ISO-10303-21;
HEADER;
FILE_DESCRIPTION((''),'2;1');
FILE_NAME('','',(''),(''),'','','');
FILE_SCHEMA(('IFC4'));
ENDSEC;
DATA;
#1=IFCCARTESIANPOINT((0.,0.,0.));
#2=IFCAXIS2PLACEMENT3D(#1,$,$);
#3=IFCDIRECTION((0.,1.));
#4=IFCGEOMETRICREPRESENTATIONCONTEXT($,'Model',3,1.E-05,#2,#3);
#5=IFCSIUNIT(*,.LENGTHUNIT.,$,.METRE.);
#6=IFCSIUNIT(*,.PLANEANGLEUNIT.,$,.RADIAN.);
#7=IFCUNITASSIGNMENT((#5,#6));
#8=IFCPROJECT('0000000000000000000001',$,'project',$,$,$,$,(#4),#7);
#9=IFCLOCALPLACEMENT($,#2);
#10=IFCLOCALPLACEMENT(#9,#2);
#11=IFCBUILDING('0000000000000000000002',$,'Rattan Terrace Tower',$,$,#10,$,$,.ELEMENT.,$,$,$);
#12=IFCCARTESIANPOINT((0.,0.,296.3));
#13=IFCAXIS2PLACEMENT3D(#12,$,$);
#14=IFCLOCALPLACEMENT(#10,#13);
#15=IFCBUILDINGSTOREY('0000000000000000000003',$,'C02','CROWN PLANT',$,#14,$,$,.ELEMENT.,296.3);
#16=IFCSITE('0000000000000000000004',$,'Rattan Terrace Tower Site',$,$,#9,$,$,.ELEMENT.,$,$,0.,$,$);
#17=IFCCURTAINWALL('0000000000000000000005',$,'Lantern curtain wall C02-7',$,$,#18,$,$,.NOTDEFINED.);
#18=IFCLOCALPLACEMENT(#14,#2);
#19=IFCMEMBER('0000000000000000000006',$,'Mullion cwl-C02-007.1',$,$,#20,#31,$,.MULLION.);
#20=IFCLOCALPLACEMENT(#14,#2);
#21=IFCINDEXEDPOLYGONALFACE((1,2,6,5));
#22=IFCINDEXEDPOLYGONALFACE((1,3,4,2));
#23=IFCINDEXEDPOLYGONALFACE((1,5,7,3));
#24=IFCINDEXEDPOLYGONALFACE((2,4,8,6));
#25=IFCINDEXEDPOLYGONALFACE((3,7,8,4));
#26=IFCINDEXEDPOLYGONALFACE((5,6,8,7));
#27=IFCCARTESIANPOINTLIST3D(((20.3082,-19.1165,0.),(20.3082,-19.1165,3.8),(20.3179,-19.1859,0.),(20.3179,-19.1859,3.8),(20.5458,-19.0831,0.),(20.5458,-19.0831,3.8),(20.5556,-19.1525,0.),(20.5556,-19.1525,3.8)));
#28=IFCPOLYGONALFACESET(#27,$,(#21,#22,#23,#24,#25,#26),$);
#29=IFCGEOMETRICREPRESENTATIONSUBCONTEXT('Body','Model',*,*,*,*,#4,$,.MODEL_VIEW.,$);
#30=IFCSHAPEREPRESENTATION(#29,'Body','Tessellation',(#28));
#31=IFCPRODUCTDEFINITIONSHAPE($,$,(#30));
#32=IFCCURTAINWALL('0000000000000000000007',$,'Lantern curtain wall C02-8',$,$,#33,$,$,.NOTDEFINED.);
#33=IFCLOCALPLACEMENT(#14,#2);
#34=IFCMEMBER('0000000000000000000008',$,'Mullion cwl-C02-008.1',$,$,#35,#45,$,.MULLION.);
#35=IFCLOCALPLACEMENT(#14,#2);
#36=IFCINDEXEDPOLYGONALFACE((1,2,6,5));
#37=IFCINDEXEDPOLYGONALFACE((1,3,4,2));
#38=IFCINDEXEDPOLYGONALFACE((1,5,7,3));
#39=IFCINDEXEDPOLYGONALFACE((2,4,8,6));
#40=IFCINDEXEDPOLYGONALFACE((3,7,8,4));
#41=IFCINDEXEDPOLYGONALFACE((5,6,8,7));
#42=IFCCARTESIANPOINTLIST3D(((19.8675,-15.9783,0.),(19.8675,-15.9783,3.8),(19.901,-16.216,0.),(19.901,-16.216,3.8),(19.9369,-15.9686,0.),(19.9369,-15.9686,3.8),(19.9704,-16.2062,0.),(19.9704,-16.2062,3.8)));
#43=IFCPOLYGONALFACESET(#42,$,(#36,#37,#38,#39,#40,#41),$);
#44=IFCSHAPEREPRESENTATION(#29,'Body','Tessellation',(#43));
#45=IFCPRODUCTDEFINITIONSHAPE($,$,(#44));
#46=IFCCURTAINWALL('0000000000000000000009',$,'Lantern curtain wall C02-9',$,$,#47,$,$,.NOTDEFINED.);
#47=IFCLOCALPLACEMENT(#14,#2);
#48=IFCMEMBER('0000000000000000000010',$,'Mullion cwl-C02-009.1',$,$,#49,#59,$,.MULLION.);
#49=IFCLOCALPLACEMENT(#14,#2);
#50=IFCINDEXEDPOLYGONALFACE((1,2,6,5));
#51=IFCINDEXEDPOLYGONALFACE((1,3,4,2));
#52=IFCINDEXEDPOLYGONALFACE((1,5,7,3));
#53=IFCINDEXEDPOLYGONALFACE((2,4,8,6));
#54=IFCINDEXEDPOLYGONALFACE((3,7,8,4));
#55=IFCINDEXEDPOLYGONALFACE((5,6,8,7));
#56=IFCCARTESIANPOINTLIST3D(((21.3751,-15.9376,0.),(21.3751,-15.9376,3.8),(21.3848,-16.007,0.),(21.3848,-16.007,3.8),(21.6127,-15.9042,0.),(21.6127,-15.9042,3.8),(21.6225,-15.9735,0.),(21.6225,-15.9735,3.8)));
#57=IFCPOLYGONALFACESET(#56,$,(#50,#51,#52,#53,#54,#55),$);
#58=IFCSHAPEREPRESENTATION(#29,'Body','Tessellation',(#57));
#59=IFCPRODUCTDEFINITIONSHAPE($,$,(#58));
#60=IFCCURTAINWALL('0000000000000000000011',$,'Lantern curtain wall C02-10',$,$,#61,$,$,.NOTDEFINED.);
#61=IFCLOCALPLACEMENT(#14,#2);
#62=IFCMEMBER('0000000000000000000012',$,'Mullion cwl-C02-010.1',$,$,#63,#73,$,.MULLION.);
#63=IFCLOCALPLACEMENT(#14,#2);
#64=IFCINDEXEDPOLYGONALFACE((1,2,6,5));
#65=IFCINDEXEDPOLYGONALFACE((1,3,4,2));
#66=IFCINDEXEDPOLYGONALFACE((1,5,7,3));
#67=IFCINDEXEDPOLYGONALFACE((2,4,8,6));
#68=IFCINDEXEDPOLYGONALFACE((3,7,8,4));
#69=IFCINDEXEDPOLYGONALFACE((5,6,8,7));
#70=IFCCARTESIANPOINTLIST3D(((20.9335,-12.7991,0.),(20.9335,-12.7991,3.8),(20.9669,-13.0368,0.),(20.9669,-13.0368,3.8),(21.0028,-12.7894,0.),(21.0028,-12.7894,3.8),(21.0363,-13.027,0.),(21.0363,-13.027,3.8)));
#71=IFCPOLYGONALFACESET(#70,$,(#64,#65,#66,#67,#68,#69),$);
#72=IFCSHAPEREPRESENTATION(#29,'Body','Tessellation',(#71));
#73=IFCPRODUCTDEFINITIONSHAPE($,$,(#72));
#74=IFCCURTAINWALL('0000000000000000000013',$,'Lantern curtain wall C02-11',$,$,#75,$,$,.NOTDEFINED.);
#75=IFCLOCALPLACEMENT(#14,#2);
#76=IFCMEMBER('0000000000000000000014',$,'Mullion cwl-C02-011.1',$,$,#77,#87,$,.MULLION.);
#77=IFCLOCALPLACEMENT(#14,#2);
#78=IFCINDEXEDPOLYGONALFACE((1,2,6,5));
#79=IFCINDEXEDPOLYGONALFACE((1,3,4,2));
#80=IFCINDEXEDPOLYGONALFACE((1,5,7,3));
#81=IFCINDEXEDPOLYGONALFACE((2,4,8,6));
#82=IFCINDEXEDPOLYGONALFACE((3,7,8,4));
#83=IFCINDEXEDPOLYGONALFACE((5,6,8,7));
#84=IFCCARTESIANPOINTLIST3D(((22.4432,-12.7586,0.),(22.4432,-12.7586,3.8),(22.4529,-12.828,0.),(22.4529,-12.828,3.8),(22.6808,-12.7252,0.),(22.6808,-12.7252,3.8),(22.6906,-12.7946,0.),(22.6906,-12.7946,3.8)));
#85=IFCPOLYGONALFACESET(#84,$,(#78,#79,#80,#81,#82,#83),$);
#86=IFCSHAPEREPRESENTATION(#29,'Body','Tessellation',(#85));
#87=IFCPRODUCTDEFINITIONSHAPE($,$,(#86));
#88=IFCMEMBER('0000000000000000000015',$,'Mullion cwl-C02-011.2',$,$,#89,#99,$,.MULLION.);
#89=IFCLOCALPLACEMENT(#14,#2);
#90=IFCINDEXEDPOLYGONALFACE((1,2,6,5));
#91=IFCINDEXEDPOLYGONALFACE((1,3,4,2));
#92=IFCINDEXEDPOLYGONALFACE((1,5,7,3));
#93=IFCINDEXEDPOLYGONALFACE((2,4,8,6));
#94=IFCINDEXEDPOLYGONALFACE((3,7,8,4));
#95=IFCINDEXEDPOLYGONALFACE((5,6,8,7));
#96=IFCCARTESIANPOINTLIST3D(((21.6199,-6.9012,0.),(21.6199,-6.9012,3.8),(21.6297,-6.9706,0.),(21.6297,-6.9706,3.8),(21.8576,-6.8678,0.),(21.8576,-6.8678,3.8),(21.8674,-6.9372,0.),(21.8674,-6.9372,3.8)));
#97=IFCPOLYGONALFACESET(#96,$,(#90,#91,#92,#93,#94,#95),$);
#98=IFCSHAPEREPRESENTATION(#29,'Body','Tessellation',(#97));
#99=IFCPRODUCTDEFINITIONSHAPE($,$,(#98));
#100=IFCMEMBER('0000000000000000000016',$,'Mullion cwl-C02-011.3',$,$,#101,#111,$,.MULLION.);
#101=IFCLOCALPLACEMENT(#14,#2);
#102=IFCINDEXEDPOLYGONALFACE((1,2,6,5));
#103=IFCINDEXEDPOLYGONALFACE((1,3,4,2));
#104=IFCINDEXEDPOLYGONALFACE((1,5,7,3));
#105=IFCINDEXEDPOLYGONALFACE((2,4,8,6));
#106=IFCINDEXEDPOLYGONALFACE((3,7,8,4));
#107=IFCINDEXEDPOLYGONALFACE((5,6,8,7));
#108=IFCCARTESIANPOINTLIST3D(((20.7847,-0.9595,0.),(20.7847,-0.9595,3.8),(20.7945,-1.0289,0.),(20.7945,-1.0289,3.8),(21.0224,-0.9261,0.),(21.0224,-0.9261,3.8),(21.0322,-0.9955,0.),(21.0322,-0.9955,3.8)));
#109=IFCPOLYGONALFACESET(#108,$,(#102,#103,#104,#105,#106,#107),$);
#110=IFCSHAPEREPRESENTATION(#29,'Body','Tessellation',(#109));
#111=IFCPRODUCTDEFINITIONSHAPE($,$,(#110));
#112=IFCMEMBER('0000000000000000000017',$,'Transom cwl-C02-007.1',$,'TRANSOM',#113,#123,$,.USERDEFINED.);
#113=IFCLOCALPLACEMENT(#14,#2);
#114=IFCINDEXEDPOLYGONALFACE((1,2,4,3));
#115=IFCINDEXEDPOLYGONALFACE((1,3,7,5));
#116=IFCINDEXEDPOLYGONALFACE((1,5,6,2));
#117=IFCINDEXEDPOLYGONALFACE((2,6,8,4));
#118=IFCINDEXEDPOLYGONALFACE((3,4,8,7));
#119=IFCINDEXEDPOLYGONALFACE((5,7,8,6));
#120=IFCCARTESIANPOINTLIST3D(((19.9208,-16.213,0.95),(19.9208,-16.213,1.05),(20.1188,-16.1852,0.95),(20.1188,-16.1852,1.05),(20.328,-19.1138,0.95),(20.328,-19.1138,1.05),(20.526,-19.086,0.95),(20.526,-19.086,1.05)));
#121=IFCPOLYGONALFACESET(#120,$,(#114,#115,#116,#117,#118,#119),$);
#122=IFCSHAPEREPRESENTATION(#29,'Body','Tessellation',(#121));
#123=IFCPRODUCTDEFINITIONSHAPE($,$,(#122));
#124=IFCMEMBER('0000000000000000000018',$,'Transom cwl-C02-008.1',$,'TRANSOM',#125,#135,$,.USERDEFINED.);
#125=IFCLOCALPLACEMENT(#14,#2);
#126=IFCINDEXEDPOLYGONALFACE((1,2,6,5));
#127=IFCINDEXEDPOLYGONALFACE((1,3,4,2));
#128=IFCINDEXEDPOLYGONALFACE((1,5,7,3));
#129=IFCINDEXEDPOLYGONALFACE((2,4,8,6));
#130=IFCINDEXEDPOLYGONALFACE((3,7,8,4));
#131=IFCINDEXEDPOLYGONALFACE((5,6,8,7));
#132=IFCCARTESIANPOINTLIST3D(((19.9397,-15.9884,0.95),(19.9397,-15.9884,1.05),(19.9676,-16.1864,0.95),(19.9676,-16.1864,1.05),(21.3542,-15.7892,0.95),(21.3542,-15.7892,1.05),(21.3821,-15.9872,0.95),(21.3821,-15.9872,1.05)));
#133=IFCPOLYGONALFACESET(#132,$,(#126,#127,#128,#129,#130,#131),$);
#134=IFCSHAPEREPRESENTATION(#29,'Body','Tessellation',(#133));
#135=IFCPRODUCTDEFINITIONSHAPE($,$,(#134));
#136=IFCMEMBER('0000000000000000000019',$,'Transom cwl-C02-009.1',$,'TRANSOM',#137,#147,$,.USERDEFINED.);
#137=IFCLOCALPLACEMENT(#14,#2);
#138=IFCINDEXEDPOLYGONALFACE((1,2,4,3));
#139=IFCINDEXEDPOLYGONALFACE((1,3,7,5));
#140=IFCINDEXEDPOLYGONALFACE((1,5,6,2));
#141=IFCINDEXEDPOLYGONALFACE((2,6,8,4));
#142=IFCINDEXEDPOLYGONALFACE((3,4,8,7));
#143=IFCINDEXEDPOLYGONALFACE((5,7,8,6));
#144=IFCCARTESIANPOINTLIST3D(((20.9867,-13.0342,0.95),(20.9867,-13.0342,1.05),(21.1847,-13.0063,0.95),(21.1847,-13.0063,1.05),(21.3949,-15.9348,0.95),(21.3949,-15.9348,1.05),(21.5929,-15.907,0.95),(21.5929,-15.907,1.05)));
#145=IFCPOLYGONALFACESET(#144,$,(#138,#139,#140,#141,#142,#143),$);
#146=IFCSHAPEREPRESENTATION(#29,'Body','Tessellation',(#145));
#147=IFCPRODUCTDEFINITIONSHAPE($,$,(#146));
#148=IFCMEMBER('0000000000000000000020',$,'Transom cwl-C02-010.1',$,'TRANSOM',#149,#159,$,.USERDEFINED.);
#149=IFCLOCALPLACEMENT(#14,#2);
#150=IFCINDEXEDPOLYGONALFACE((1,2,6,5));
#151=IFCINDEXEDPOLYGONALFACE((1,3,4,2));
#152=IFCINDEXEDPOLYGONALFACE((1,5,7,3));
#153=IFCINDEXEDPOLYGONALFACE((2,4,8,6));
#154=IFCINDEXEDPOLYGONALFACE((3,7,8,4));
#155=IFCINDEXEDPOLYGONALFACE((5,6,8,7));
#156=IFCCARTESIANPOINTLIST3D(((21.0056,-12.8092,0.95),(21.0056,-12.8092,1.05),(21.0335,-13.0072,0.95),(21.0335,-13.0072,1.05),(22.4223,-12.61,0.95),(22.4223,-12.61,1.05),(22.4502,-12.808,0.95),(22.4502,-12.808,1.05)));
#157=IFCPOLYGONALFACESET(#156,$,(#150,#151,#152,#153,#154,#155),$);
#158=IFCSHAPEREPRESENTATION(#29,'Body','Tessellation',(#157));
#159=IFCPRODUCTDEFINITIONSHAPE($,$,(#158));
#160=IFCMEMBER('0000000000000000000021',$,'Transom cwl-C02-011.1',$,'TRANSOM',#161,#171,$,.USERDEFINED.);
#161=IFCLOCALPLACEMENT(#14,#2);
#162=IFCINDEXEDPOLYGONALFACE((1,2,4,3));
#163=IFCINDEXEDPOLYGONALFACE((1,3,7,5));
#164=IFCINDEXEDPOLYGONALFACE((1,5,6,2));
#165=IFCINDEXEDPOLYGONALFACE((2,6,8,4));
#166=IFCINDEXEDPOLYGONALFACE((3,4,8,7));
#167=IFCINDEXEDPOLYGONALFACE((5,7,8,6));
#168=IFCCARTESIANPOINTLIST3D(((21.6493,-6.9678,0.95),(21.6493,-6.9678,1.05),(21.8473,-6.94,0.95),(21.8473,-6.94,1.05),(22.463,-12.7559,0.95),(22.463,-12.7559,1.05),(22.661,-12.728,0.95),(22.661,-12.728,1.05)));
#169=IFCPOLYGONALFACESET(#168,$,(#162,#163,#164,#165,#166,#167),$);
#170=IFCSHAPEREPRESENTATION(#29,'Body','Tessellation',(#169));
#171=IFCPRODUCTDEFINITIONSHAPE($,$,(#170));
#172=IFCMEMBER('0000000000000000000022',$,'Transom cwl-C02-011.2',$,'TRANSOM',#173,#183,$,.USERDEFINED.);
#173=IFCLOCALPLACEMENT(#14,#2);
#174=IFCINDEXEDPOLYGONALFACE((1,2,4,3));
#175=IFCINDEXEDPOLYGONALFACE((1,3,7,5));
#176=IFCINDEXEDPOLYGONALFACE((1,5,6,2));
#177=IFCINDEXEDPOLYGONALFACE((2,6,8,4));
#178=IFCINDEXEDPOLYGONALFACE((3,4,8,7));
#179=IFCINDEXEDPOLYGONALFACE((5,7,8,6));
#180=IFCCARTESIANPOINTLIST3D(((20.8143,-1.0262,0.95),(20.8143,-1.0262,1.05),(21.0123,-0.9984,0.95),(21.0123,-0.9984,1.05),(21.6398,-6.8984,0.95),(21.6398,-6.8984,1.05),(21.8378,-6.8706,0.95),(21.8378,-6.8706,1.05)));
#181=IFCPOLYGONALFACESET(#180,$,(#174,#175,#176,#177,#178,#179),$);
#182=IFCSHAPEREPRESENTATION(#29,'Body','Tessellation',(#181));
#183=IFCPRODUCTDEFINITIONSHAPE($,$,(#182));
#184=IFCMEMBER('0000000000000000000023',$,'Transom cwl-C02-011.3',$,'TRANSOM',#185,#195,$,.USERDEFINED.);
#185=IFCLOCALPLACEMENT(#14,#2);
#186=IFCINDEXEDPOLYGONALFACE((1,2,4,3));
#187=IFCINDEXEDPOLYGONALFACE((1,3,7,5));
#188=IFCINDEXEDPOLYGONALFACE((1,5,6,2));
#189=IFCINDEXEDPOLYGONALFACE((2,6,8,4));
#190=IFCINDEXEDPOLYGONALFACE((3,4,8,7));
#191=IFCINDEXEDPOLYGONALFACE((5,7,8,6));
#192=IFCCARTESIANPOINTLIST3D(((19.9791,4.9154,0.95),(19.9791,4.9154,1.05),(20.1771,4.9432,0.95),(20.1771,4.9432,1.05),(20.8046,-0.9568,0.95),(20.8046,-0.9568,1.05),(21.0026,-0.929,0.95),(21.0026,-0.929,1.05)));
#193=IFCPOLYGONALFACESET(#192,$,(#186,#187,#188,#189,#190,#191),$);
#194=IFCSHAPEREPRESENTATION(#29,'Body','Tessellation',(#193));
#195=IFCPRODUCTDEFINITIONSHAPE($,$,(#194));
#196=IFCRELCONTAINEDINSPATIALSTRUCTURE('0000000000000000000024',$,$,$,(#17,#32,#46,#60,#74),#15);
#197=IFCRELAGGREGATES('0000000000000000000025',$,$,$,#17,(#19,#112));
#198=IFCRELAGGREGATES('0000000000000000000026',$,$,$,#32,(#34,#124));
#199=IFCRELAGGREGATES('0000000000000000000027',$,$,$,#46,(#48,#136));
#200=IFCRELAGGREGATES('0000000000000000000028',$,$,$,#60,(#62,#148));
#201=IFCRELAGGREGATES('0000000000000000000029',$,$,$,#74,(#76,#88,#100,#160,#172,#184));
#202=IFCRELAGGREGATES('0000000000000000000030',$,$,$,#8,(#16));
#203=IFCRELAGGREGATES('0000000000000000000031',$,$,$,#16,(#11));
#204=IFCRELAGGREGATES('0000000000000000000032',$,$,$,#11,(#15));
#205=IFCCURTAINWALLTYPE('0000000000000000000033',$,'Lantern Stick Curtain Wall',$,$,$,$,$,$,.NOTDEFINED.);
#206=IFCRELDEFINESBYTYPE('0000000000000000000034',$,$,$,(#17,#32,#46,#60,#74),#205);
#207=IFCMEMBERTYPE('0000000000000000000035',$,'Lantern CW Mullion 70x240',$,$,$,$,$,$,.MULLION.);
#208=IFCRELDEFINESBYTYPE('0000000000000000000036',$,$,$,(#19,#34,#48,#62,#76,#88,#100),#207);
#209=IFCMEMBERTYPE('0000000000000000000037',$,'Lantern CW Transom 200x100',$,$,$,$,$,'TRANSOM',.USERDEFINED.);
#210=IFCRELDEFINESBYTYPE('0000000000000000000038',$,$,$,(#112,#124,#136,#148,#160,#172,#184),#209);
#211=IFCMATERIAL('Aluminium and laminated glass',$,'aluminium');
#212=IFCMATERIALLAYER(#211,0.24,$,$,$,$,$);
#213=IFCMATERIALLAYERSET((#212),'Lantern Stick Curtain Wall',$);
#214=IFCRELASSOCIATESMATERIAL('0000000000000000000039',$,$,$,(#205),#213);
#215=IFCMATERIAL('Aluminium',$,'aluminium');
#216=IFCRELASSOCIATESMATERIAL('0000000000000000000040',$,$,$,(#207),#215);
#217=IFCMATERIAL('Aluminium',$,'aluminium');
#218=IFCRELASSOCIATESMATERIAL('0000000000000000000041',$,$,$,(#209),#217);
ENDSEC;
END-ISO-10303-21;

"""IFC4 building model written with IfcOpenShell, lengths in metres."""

from ifc_helpers import new_model, si_unit, direction, frame, origin, origin_2d, place, context, subcontext, project, spatial, rectangle, extrude, material, layer, layer_set, material_profile, profile_set, type_object, element, aggregate, save


model = new_model("IFC4")

# Units and contexts
model_context = context("Model", 3, precision=1e-05, world=origin(), true_north=direction((0.0, 1.0)))
body_context = subcontext(model_context, "Body", "Model", "MODEL_VIEW")
ifc_project = project(units=[si_unit("LENGTHUNIT", "METRE"), si_unit("PLANEANGLEUNIT", "RADIAN")], contexts=[model_context])

# Site, building, storey
site_placement = place(None, origin())
site = spatial("IfcSite", under=ifc_project, at=site_placement, Name="Rattan Terrace Tower Site", CompositionType="ELEMENT", RefElevation=0.0)
building_placement = place(site_placement, origin())
building = spatial("IfcBuilding", under=site, at=building_placement, Name="Rattan Terrace Tower", CompositionType="ELEMENT")
storey_placement = place(building_placement, frame((0.0, 0.0, 296.3)))
storey = spatial("IfcBuildingStorey", under=building, at=storey_placement, Name="C02", Description="CROWN PLANT", CompositionType="ELEMENT", Elevation=296.3)

# Curtain walls, members
ifc_material_1 = material(Name="Aluminium and laminated glass", Category="aluminium")
ifc_layer_1 = layer(ifc_material_1, 0.24)
ifc_layer_set_1 = layer_set([ifc_layer_1], Name="Lantern Stick Curtain Wall")
curtain_wall_type = type_object("IfcCurtainWallType", Name="Lantern Stick Curtain Wall", PredefinedType="NOTDEFINED", material=ifc_layer_set_1)
curtain_wall_1_placement = place(storey_placement, origin())
curtain_wall_1 = element("IfcCurtainWall", 1, at=curtain_wall_1_placement, inside=storey, type_object=curtain_wall_type, Name="Lantern curtain wall C02-7", PredefinedType="NOTDEFINED")
ifc_material_2 = material(Name="Aluminium", Category="aluminium")
ifc_material_profile_1 = material_profile(ifc_material_2, rectangle(XDim=0.0701, YDim=0.24, at=origin_2d()), Name="Aluminium 70x240")
ifc_profile_set_1 = profile_set([ifc_material_profile_1], Name="Aluminium")
member_type_1 = type_object("IfcMemberType", Name="Lantern CW Mullion 70x240", PredefinedType="MULLION", material=ifc_profile_set_1)
member_1_placement = place(storey_placement, frame((20.4319, -19.1345, 0.0), z_axis=(0.0, 0.0, 1.0), x_axis=(-0.13904, 0.990287, 0.0)))
member_1 = element("IfcMember", 2, at=member_1_placement, type_object=member_type_1, Name="Mullion cwl-C02-007.1", PredefinedType="MULLION", context=body_context, shape_type="SweptSolid", body=[
    extrude(rectangle(XDim=0.0701, YDim=0.24, at=origin_2d()), origin(), (0.0, 0.0, 1.0), 3.8),
])
curtain_wall_2_placement = place(storey_placement, origin())
curtain_wall_2 = element("IfcCurtainWall", 3, at=curtain_wall_2_placement, inside=storey, type_object=curtain_wall_type, Name="Lantern curtain wall C02-8", PredefinedType="NOTDEFINED")
member_2_placement = place(storey_placement, frame((19.9189, -16.0923, 0.0), z_axis=(0.0, 0.0, 1.0), x_axis=(0.990228, 0.139459, 0.0)))
member_2 = element("IfcMember", 4, at=member_2_placement, type_object=member_type_1, Name="Mullion cwl-C02-008.1", PredefinedType="MULLION", context=body_context, shape_type="SweptSolid", body=[
    extrude(rectangle(XDim=0.0701, YDim=0.24, at=origin_2d()), origin(), (0.0, 0.0, 1.0), 3.8),
])
curtain_wall_3_placement = place(storey_placement, origin())
curtain_wall_3 = element("IfcCurtainWall", 5, at=curtain_wall_3_placement, inside=storey, type_object=curtain_wall_type, Name="Lantern curtain wall C02-9", PredefinedType="NOTDEFINED")
member_3_placement = place(storey_placement, frame((21.4988, -15.9556, 0.0), z_axis=(0.0, 0.0, 1.0), x_axis=(-0.139367, 0.990241, 0.0)))
member_3 = element("IfcMember", 6, at=member_3_placement, type_object=member_type_1, Name="Mullion cwl-C02-009.1", PredefinedType="MULLION", context=body_context, shape_type="SweptSolid", body=[
    extrude(rectangle(XDim=0.0701, YDim=0.24, at=origin_2d()), origin(), (0.0, 0.0, 1.0), 3.8),
])
curtain_wall_4_placement = place(storey_placement, origin())
curtain_wall_4 = element("IfcCurtainWall", 7, at=curtain_wall_4_placement, inside=storey, type_object=curtain_wall_type, Name="Lantern curtain wall C02-10", PredefinedType="NOTDEFINED")
member_4_placement = place(storey_placement, frame((20.9849, -12.9131, 0.0), z_axis=(0.0, 0.0, 1.0), x_axis=(0.990254, 0.139275, 0.0)))
member_4 = element("IfcMember", 8, at=member_4_placement, type_object=member_type_1, Name="Mullion cwl-C02-010.1", PredefinedType="MULLION", context=body_context, shape_type="SweptSolid", body=[
    extrude(rectangle(XDim=0.0701, YDim=0.24, at=origin_2d()), origin(), (0.0, 0.0, 1.0), 3.8),
])

# Curtain wall, members
curtain_wall_5_placement = place(storey_placement, origin())
curtain_wall_5 = element("IfcCurtainWall", 9, at=curtain_wall_5_placement, inside=storey, type_object=curtain_wall_type, Name="Lantern curtain wall C02-11", PredefinedType="NOTDEFINED")
member_5_placement = place(storey_placement, frame((22.5669, -12.7766, 0.0), z_axis=(0.0, 0.0, 1.0), x_axis=(-0.139188, 0.990266, 0.0)))
member_5 = element("IfcMember", 10, at=member_5_placement, type_object=member_type_1, Name="Mullion cwl-C02-011.1", PredefinedType="MULLION", context=body_context, shape_type="SweptSolid", body=[
    extrude(rectangle(XDim=0.0701, YDim=0.24, at=origin_2d()), origin(), (0.0, 0.0, 1.0), 3.8),
])
member_6_placement = place(storey_placement, frame((21.7437, -6.9192, 0.0), z_axis=(0.0, 0.0, 1.0), x_axis=(-0.139188, 0.990266, 0.0)))
member_6 = element("IfcMember", 11, at=member_6_placement, type_object=member_type_1, Name="Mullion cwl-C02-011.2", PredefinedType="MULLION", context=body_context, shape_type="SweptSolid", body=[
    extrude(rectangle(XDim=0.0701, YDim=0.24, at=origin_2d()), origin(), (0.0, 0.0, 1.0), 3.8),
])
member_7_placement = place(storey_placement, frame((20.9084, -0.9775, 0.0), z_axis=(0.0, 0.0, 1.0), x_axis=(-0.139188, 0.990266, 0.0)))
member_7 = element("IfcMember", 12, at=member_7_placement, type_object=member_type_1, Name="Mullion cwl-C02-011.3", PredefinedType="MULLION", context=body_context, shape_type="SweptSolid", body=[
    extrude(rectangle(XDim=0.0701, YDim=0.24, at=origin_2d()), origin(), (0.0, 0.0, 1.0), 3.8),
])

# Members
ifc_material_3 = material(Name="Aluminium", Category="aluminium")
ifc_material_profile_2 = material_profile(ifc_material_3, rectangle(XDim=0.2, YDim=0.1001, at=origin_2d()), Name="Aluminium 200x100")
ifc_profile_set_2 = profile_set([ifc_material_profile_2], Name="Aluminium")
member_type_2 = type_object("IfcMemberType", Name="Lantern CW Transom 200x100", ElementType="TRANSOM", PredefinedType="USERDEFINED", material=ifc_profile_set_2)
member_8_placement = place(storey_placement, frame((20.427, -19.0999, 1.0), z_axis=(-0.139029, 0.990288, 0.0), x_axis=(-0.990288, -0.139029, 0.0)))
member_8 = element("IfcMember", 13, at=member_8_placement, type_object=member_type_2, Name="Transom cwl-C02-007.1", ObjectType="TRANSOM", PredefinedType="USERDEFINED", context=body_context, shape_type="SweptSolid", body=[
    extrude(rectangle(XDim=0.2, YDim=0.1001, at=origin_2d()), origin(), (0.0, 0.0, 1.0), 2.9292),
])
member_9_placement = place(storey_placement, frame((19.9536, -16.0874, 1.0), z_axis=(0.990228, 0.139459, 0.0), x_axis=(-0.139459, 0.990228, 0.0)))
member_9 = element("IfcMember", 14, at=member_9_placement, type_object=member_type_2, Name="Transom cwl-C02-008.1", ObjectType="TRANSOM", PredefinedType="USERDEFINED", context=body_context, shape_type="SweptSolid", body=[
    extrude(rectangle(XDim=0.2, YDim=0.1001, at=origin_2d()), origin(), (0.0, 0.0, 1.0), 1.4285),
])
member_10_placement = place(storey_placement, frame((21.4939, -15.9209, 1.0), z_axis=(-0.139356, 0.990242, 0.0), x_axis=(-0.990242, -0.139356, 0.0)))
member_10 = element("IfcMember", 15, at=member_10_placement, type_object=member_type_2, Name="Transom cwl-C02-009.1", ObjectType="TRANSOM", PredefinedType="USERDEFINED", context=body_context, shape_type="SweptSolid", body=[
    extrude(rectangle(XDim=0.2, YDim=0.1001, at=origin_2d()), origin(), (0.0, 0.0, 1.0), 2.9292),
])
member_11_placement = place(storey_placement, frame((21.0195, -12.9082, 1.0), z_axis=(0.990258, 0.139247, 0.0), x_axis=(-0.139247, 0.990258, 0.0)))
member_11 = element("IfcMember", 16, at=member_11_placement, type_object=member_type_2, Name="Transom cwl-C02-010.1", ObjectType="TRANSOM", PredefinedType="USERDEFINED", context=body_context, shape_type="SweptSolid", body=[
    extrude(rectangle(XDim=0.2, YDim=0.1001, at=origin_2d()), origin(), (0.0, 0.0, 1.0), 1.4307),
])
member_12_placement = place(storey_placement, frame((22.562, -12.7419, 1.0), z_axis=(-0.139216, 0.990262, 0.0), x_axis=(-0.990262, -0.139216, 0.0)))
member_12 = element("IfcMember", 17, at=member_12_placement, type_object=member_type_2, Name="Transom cwl-C02-011.1", ObjectType="TRANSOM", PredefinedType="USERDEFINED", context=body_context, shape_type="SweptSolid", body=[
    extrude(rectangle(XDim=0.2, YDim=0.1001, at=origin_2d()), origin(), (0.0, 0.0, 1.0), 5.845),
])
member_13_placement = place(storey_placement, frame((21.7388, -6.8845, 1.0), z_axis=(-0.139196, 0.990265, 0.0), x_axis=(-0.990265, -0.139196, 0.0)))
member_13 = element("IfcMember", 18, at=member_13_placement, type_object=member_type_2, Name="Transom cwl-C02-011.2", ObjectType="TRANSOM", PredefinedType="USERDEFINED", context=body_context, shape_type="SweptSolid", body=[
    extrude(rectangle(XDim=0.2, YDim=0.1001, at=origin_2d()), origin(), (0.0, 0.0, 1.0), 5.9299),
])
member_14_placement = place(storey_placement, frame((20.9036, -0.9429, 1.0), z_axis=(-0.139196, 0.990265, 0.0), x_axis=(-0.990265, -0.139196, 0.0)))
member_14 = element("IfcMember", 19, at=member_14_placement, type_object=member_type_2, Name="Transom cwl-C02-011.3", ObjectType="TRANSOM", PredefinedType="USERDEFINED", context=body_context, shape_type="SweptSolid", body=[
    extrude(rectangle(XDim=0.2, YDim=0.1001, at=origin_2d()), origin(), (0.0, 0.0, 1.0), 5.9299),
])

aggregate(curtain_wall_1, [member_1, member_8])
aggregate(curtain_wall_2, [member_2, member_9])
aggregate(curtain_wall_3, [member_3, member_10])
aggregate(curtain_wall_4, [member_4, member_11])
aggregate(curtain_wall_5, [member_5, member_6, member_7, member_12, member_13, member_14])

save(model, "model.ifc")
